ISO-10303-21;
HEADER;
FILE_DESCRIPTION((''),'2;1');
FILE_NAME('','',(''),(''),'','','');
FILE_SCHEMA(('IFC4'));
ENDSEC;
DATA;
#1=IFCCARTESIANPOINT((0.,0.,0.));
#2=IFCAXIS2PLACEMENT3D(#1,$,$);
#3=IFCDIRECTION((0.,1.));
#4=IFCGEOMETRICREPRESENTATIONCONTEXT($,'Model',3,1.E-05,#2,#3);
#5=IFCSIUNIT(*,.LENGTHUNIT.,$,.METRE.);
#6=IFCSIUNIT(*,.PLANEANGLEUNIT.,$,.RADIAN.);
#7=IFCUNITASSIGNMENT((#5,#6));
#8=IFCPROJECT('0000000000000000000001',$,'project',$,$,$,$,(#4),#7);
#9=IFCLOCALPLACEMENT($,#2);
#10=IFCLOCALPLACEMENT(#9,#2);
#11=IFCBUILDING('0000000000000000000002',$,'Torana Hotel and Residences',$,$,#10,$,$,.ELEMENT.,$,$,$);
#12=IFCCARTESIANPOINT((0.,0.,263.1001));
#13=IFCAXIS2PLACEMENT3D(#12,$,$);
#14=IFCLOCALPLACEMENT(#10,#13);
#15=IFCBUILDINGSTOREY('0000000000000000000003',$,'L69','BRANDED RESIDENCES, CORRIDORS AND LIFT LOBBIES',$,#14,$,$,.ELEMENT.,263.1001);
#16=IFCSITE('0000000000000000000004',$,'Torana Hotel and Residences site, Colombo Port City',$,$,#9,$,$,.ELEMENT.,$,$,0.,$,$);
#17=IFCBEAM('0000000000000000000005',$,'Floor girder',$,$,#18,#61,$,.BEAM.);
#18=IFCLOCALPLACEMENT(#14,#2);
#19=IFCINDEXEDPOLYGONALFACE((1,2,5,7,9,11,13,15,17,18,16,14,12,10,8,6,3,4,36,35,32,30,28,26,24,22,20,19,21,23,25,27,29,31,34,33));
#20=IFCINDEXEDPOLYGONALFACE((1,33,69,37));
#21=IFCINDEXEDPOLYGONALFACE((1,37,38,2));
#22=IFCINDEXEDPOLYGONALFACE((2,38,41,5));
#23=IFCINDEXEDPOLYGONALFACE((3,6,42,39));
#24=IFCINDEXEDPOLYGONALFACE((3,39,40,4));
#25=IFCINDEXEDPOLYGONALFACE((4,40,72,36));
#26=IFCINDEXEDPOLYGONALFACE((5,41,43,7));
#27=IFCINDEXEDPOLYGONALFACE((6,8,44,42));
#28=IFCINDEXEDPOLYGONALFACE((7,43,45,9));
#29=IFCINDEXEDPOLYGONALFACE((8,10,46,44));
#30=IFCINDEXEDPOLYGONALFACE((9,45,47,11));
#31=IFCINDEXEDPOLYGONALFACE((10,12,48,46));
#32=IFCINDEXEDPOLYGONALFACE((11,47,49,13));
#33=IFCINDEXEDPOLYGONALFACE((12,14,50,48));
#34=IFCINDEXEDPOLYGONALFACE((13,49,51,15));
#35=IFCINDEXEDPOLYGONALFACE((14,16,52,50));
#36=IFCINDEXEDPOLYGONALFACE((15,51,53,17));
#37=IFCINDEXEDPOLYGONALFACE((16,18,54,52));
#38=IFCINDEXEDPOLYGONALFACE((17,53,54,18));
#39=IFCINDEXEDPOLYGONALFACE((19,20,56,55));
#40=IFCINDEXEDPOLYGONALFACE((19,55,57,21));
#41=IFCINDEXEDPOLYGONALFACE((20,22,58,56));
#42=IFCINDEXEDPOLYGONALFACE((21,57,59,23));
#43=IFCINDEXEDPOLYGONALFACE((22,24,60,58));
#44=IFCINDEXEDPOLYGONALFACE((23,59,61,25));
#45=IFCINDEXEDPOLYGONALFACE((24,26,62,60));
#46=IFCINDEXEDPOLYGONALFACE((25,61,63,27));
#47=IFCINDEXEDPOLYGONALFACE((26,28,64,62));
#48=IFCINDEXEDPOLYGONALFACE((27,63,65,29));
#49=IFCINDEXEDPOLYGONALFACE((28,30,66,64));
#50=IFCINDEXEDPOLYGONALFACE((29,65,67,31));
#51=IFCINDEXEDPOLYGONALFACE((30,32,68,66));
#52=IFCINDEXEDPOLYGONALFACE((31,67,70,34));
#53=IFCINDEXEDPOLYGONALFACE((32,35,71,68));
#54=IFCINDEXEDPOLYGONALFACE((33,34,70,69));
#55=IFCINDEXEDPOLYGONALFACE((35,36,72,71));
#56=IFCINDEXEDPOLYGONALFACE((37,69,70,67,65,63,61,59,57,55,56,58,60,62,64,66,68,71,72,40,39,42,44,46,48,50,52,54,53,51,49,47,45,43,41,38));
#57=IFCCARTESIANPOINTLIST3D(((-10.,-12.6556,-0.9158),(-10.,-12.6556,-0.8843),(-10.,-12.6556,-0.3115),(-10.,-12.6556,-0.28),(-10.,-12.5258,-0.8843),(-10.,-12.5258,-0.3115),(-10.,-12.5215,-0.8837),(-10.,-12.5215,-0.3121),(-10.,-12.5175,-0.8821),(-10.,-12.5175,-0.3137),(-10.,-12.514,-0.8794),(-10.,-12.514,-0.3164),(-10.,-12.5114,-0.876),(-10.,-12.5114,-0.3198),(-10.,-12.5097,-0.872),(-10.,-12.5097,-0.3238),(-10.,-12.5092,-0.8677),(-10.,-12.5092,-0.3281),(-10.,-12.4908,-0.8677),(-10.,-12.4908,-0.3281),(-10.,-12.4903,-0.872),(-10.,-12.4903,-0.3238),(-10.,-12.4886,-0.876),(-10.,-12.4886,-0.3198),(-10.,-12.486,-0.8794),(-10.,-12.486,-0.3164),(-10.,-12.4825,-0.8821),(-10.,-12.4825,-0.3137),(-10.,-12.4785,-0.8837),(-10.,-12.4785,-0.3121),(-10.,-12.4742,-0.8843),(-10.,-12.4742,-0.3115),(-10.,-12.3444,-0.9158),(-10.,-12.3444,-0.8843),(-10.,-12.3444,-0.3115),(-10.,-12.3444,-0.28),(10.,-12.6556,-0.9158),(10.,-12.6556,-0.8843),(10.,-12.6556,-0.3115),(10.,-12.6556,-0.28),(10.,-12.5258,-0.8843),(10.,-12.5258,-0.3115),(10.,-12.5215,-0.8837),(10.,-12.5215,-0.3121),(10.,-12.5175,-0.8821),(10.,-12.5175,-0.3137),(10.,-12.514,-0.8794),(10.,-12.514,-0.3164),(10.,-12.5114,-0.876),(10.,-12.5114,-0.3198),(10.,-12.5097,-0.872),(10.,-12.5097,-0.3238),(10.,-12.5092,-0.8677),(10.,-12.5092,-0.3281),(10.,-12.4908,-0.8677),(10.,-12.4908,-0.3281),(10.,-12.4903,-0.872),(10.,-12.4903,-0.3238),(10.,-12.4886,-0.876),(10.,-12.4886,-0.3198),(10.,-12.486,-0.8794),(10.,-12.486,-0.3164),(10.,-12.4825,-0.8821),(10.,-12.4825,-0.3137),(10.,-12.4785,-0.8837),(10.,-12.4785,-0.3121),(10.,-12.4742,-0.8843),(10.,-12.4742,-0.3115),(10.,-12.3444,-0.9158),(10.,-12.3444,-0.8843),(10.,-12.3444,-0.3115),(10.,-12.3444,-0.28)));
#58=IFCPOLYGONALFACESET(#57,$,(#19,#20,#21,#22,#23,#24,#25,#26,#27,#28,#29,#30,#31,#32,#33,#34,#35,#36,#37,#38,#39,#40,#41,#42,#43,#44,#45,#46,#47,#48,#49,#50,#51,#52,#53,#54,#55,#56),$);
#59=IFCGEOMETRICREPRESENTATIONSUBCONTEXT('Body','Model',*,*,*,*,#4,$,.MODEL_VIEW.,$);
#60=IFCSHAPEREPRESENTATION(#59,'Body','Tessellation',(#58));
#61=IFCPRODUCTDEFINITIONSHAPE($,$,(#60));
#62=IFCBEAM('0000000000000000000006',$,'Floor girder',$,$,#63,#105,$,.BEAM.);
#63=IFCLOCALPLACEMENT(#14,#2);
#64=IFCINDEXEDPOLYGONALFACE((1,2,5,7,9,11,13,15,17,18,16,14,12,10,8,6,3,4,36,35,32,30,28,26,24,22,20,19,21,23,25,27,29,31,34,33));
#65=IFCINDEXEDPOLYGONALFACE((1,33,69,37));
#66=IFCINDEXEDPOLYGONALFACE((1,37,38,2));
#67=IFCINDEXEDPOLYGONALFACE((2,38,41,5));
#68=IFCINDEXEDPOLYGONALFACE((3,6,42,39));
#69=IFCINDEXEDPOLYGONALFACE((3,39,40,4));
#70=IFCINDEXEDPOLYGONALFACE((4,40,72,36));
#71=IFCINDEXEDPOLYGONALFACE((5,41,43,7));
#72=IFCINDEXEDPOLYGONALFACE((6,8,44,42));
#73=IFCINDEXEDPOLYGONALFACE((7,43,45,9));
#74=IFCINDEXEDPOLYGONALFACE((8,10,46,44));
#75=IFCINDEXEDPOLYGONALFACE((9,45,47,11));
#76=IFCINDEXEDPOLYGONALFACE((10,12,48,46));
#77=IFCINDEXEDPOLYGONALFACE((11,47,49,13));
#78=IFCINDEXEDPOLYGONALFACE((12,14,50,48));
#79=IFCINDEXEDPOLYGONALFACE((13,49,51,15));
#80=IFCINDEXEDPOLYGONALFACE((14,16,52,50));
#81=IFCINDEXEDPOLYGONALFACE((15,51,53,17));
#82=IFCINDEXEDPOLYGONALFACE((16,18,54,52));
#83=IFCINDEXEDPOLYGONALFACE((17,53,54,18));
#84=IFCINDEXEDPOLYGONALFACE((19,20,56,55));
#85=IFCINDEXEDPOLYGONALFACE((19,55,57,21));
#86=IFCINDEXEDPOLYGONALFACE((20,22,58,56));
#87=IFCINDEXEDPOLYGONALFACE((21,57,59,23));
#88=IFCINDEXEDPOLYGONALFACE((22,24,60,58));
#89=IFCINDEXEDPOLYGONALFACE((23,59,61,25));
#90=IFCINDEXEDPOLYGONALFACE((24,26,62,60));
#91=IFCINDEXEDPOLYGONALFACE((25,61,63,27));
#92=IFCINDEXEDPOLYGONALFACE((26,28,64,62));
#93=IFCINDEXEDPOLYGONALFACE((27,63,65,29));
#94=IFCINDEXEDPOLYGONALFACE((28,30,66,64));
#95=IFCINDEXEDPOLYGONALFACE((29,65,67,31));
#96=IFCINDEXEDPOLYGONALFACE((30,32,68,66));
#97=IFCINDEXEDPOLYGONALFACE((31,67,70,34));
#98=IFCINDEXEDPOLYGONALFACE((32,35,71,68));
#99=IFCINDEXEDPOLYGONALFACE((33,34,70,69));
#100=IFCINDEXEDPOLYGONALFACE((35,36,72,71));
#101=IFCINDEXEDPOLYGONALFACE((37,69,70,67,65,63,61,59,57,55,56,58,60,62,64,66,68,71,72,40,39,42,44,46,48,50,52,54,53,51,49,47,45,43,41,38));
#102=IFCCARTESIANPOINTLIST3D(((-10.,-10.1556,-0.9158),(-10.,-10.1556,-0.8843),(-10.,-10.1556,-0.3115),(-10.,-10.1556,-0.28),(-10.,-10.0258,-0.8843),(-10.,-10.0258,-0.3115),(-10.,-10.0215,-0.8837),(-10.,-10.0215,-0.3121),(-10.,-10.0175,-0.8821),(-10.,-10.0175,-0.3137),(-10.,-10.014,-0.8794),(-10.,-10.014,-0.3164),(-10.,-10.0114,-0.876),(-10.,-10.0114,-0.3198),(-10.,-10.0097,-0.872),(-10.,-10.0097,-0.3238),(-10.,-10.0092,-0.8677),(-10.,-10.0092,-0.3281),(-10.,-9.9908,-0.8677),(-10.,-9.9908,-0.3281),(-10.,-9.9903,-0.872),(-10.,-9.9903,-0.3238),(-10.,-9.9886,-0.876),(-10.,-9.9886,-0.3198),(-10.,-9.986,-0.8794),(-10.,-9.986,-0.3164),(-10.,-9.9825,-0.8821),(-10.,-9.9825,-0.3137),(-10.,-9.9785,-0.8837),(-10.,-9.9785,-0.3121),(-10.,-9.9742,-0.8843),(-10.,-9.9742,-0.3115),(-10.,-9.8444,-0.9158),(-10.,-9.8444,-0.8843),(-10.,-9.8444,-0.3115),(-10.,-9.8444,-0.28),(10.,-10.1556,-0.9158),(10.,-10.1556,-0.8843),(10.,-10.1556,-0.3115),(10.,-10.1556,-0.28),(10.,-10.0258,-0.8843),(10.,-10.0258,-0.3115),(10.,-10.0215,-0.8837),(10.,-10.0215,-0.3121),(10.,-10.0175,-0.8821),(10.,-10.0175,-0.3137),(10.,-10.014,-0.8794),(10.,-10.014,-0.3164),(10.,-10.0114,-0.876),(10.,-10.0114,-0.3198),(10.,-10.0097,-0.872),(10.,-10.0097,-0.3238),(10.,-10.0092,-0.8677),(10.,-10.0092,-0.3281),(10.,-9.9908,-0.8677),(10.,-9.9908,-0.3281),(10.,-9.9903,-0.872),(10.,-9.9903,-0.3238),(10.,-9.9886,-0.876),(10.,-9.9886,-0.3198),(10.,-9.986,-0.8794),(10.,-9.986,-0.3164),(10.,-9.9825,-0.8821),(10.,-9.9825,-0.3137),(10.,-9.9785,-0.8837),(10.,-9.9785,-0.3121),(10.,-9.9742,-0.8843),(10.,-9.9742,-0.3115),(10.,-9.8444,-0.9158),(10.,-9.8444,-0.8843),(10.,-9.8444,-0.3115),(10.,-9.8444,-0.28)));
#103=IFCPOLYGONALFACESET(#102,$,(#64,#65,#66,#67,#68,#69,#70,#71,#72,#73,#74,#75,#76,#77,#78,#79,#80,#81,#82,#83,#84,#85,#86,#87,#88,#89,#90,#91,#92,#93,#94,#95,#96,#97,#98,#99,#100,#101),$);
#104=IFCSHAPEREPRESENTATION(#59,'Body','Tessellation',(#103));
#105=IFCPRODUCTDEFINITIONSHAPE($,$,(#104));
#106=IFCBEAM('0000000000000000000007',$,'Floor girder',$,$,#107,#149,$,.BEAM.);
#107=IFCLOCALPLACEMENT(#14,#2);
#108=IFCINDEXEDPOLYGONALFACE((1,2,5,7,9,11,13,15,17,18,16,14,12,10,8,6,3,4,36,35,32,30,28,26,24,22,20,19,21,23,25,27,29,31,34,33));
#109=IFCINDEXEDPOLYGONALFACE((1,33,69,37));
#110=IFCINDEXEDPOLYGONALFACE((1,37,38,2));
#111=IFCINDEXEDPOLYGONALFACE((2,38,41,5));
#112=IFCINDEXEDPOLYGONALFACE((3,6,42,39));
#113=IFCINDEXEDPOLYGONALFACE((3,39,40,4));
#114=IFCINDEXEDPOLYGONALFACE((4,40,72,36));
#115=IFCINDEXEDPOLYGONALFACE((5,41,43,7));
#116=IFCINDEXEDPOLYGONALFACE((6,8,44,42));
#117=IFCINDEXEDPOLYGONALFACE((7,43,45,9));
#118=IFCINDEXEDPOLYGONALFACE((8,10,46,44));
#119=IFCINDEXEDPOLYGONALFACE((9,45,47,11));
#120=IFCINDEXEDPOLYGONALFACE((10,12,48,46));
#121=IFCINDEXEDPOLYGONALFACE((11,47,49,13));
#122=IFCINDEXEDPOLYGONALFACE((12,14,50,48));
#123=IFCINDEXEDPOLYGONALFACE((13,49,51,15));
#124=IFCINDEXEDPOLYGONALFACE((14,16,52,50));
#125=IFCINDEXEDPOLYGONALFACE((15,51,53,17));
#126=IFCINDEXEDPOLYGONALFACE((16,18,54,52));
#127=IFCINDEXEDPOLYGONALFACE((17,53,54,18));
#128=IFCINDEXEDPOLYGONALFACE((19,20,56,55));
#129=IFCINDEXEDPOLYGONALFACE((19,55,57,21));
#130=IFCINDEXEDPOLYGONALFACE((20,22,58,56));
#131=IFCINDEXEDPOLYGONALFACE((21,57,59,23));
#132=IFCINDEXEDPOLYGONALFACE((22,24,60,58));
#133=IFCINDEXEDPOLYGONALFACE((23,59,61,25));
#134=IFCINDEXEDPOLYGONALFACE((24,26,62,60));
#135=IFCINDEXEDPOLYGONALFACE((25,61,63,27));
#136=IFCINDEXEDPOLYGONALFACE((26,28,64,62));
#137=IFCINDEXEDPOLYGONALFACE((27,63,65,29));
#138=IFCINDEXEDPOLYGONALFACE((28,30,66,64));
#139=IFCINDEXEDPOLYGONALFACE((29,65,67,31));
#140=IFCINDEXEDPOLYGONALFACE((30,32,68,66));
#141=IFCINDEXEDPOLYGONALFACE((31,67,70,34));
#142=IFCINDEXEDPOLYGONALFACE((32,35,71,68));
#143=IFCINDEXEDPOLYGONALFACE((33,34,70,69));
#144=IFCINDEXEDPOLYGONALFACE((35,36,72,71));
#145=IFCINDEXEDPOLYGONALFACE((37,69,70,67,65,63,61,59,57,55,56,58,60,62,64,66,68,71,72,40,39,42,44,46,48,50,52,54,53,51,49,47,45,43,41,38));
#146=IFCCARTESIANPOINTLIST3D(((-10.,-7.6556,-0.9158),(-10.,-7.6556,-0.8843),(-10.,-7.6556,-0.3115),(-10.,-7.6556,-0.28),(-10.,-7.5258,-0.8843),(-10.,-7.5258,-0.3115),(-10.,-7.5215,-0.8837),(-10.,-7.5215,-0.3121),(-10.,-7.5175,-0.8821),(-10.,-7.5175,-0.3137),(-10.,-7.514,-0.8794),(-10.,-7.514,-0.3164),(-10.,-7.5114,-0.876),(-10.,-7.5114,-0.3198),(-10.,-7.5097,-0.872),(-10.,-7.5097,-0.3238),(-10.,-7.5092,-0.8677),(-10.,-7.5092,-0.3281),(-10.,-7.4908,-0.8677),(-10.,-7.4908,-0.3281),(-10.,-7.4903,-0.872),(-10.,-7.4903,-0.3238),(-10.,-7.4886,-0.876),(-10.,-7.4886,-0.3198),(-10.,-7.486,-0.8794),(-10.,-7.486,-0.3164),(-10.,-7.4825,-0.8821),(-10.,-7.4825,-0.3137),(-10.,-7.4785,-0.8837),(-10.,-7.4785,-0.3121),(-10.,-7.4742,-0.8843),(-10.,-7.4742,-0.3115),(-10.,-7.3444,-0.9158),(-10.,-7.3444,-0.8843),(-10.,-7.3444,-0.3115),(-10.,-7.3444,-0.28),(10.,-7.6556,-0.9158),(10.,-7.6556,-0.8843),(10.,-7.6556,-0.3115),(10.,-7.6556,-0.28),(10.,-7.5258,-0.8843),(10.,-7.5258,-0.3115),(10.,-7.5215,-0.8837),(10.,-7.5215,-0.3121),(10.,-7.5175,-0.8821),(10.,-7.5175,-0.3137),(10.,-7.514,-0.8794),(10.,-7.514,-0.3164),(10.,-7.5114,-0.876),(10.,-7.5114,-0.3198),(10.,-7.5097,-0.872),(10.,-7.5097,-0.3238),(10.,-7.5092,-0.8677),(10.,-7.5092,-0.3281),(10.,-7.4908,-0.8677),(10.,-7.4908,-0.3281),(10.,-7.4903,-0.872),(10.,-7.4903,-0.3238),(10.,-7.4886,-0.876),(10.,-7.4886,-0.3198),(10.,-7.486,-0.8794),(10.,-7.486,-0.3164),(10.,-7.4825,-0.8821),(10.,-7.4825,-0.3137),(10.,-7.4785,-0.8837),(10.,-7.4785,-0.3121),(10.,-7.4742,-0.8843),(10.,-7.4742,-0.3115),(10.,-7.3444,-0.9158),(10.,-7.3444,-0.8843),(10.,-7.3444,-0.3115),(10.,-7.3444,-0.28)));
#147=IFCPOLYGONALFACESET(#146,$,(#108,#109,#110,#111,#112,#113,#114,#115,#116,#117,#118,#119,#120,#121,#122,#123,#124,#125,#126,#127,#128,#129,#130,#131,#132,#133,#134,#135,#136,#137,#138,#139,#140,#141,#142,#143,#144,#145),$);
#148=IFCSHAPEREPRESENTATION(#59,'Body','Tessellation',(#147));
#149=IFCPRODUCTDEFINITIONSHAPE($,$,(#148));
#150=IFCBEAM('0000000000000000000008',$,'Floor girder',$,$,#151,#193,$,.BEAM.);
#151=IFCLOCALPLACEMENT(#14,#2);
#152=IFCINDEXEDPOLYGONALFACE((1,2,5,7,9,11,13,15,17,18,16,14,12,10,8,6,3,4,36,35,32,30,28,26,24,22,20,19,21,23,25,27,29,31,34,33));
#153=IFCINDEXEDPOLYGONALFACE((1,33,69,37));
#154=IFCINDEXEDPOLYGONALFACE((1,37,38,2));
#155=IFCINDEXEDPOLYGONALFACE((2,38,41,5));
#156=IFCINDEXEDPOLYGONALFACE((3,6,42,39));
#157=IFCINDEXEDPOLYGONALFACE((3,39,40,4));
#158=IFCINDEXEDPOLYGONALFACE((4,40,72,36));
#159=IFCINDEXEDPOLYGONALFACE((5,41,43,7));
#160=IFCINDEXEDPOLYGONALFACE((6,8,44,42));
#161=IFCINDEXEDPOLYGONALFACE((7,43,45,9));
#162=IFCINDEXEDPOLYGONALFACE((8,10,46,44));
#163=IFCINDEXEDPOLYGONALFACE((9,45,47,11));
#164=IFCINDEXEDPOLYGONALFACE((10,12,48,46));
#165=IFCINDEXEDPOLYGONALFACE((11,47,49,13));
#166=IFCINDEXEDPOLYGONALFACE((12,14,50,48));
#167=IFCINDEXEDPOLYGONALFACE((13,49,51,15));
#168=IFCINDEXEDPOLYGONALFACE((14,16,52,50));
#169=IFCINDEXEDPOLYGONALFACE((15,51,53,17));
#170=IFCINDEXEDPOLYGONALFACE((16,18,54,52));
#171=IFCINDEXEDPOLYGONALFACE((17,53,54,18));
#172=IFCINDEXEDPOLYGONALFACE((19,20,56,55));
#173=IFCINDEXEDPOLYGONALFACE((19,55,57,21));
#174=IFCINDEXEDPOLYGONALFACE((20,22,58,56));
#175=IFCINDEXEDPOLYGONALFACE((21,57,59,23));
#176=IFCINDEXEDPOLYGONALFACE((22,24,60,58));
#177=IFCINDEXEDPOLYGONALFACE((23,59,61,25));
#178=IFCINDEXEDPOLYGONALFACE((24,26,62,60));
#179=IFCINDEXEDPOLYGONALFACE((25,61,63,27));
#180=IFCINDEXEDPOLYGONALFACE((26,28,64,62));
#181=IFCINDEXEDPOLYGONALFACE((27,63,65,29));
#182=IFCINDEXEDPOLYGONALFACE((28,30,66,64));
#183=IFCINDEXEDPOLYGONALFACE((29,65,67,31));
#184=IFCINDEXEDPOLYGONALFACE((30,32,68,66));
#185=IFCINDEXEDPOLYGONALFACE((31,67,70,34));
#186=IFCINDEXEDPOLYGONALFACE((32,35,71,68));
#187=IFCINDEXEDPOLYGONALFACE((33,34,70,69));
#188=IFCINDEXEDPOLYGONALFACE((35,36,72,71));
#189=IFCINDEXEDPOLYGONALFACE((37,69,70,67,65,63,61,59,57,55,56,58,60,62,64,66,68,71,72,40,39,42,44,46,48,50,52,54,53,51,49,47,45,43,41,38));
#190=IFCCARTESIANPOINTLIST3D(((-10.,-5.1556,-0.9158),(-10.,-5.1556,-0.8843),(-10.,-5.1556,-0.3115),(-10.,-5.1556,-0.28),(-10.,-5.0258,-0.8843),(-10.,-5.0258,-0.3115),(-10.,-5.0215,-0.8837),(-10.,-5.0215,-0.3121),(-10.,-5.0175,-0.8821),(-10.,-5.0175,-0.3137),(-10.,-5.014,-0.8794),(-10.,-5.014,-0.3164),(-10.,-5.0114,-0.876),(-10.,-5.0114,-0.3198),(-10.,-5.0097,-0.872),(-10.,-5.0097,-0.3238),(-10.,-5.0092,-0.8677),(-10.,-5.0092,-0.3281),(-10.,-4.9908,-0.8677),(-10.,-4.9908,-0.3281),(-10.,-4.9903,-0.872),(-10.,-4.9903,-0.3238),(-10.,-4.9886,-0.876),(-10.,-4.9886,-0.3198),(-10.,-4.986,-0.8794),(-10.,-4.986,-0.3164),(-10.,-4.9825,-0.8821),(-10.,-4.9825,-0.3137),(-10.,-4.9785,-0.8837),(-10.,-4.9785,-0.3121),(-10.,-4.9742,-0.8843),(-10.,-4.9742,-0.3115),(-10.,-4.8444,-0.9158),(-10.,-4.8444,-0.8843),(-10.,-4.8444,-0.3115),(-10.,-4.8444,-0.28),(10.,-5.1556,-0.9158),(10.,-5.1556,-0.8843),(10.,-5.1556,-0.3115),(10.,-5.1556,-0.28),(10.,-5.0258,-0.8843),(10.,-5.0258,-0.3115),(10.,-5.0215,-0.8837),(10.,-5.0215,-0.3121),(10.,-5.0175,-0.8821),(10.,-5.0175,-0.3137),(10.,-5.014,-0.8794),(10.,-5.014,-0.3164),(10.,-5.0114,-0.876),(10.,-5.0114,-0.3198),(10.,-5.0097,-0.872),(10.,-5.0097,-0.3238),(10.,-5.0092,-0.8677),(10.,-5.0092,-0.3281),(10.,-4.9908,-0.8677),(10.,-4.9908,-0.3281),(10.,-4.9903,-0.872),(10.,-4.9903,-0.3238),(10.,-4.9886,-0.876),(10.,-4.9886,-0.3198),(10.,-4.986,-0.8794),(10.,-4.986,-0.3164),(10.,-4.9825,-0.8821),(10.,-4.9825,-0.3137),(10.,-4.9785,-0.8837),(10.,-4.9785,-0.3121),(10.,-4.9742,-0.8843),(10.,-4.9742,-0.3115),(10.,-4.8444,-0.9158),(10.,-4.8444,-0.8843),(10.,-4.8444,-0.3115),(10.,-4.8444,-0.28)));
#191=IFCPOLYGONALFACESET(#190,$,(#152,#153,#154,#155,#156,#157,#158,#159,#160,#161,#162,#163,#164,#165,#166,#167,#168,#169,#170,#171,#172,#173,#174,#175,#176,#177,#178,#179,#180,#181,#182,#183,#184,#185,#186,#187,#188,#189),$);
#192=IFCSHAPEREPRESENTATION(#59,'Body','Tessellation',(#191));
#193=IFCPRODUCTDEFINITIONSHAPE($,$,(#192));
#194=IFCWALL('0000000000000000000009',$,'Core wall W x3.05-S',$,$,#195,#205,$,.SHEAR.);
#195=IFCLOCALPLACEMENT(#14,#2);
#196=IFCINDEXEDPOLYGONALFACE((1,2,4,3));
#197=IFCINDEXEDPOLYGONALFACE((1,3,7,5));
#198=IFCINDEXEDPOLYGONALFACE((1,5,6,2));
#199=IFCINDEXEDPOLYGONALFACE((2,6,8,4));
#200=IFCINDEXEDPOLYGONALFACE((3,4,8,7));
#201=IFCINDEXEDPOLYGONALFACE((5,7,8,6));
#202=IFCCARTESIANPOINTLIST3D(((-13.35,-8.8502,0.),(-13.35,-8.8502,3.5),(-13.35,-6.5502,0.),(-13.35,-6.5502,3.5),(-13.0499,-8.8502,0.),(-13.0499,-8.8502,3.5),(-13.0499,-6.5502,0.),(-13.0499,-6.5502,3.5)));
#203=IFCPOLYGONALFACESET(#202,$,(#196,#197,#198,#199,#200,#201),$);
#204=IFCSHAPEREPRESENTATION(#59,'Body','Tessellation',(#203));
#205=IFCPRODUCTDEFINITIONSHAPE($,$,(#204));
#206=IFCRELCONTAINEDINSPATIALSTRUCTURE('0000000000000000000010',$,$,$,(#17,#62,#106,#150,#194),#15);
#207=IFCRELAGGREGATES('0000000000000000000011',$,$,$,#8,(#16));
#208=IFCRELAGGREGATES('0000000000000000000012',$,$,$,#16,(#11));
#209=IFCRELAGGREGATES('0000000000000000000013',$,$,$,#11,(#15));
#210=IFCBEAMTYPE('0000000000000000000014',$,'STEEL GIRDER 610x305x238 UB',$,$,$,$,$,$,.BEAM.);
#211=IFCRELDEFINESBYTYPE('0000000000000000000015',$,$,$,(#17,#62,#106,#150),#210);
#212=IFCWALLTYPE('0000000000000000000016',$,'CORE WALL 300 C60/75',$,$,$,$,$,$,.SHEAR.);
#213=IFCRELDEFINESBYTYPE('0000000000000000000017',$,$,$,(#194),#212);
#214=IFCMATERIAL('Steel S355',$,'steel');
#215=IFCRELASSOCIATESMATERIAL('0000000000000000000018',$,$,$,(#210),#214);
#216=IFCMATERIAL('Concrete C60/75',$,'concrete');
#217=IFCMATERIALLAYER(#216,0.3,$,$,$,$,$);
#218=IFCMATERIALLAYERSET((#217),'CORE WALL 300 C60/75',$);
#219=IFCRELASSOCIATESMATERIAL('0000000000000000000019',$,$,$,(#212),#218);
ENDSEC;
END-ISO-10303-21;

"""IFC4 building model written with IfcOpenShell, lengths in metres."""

from ifc_helpers import new_model, si_unit, direction, frame, frame_2d, origin, origin_2d, place, context, subcontext, project, spatial, rectangle, i_section, extrude, material, layer, layer_set, material_profile, profile_set, type_object, element, save


model = new_model("IFC4")

# Units and contexts
model_context = context("Model", 3, precision=1e-05, world=origin(), true_north=direction((0.0, 1.0)))
body_context = subcontext(model_context, "Body", "Model", "MODEL_VIEW")
ifc_project = project(units=[si_unit("LENGTHUNIT", "METRE"), si_unit("PLANEANGLEUNIT", "RADIAN")], contexts=[model_context])

# Site, building, storey
site_placement = place(None, origin())
site = spatial("IfcSite", under=ifc_project, at=site_placement, Name="Torana Hotel and Residences site, Colombo Port City", CompositionType="ELEMENT", RefElevation=0.0)
building_placement = place(site_placement, origin())
building = spatial("IfcBuilding", under=site, at=building_placement, Name="Torana Hotel and Residences", CompositionType="ELEMENT")
storey_placement = place(building_placement, frame((0.0, 0.0, 263.1001)))
storey = spatial("IfcBuildingStorey", under=building, at=storey_placement, Name="L69", Description="BRANDED RESIDENCES, CORRIDORS AND LIFT LOBBIES", CompositionType="ELEMENT", Elevation=263.1001)

# Beams
ifc_material_1 = material(Name="Steel S355", Category="steel")
ifc_material_profile = material_profile(ifc_material_1, i_section(OverallWidth=0.3113, OverallDepth=0.6357, WebThickness=0.0183, FlangeThickness=0.0315, FilletRadius=0.0166, at=origin_2d()), Name="610x305x238 UB")
ifc_profile_set = profile_set([ifc_material_profile], Name="Steel S355")
beam_type = type_object("IfcBeamType", Name="STEEL GIRDER 610x305x238 UB", PredefinedType="BEAM", material=ifc_profile_set)
for number, where, z_axis, x_axis, name in (
    (1, (-10.0, -12.5, -0.5979), (1.0, 0.0, 0.0), (0.0, 1.0, 0.0), "Floor girder"),
    (2, (-10.0, -10.0, -0.5979), (1.0, 0.0, 0.0), (0.0, 1.0, 0.0), "Floor girder"),
    (3, (-10.0, -7.5, -0.5979), (1.0, 0.0, 0.0), (0.0, 1.0, 0.0), "Floor girder"),
    (4, (-10.0, -5.0, -0.5979), (1.0, 0.0, 0.0), (0.0, 1.0, 0.0), "Floor girder"),
):
    element("IfcBeam", number, at=place(storey_placement, frame(where, z_axis=z_axis, x_axis=x_axis)), inside=storey, type_object=beam_type, Name=name, PredefinedType="BEAM", context=body_context, shape_type="SweptSolid", body=[
        extrude(i_section(OverallWidth=0.3113, OverallDepth=0.6357, WebThickness=0.0183, FlangeThickness=0.0315, FilletRadius=0.0166, at=origin_2d()), origin(), (0.0, 0.0, 1.0), 20.0),
    ])

# Wall
ifc_material_2 = material(Name="Concrete C60/75", Category="concrete")
ifc_layer_1 = layer(ifc_material_2, 0.3)
ifc_layer_set_1 = layer_set([ifc_layer_1], Name="CORE WALL 300 C60/75")
wall_type_1 = type_object("IfcWallType", Name="CORE WALL 300 C60/75", PredefinedType="SHEAR", material=ifc_layer_set_1)
wall_1_placement = place(storey_placement, frame((-13.2, -8.8501, 0.0), z_axis=(0.0, 0.0, 1.0), x_axis=(0.0, 1.0, 0.0)))
element("IfcWall", 5, at=wall_1_placement, inside=storey, type_object=wall_type_1, Name="Core wall W x3.05-S", PredefinedType="SHEAR", context=body_context, shape_type="SweptSolid", body=[
    extrude(rectangle(XDim=2.3, YDim=0.3, at=frame_2d((1.1499, 0.0))), origin(), (0.0, 0.0, 1.0), 3.5),
])

save(model, "model.ifc")
